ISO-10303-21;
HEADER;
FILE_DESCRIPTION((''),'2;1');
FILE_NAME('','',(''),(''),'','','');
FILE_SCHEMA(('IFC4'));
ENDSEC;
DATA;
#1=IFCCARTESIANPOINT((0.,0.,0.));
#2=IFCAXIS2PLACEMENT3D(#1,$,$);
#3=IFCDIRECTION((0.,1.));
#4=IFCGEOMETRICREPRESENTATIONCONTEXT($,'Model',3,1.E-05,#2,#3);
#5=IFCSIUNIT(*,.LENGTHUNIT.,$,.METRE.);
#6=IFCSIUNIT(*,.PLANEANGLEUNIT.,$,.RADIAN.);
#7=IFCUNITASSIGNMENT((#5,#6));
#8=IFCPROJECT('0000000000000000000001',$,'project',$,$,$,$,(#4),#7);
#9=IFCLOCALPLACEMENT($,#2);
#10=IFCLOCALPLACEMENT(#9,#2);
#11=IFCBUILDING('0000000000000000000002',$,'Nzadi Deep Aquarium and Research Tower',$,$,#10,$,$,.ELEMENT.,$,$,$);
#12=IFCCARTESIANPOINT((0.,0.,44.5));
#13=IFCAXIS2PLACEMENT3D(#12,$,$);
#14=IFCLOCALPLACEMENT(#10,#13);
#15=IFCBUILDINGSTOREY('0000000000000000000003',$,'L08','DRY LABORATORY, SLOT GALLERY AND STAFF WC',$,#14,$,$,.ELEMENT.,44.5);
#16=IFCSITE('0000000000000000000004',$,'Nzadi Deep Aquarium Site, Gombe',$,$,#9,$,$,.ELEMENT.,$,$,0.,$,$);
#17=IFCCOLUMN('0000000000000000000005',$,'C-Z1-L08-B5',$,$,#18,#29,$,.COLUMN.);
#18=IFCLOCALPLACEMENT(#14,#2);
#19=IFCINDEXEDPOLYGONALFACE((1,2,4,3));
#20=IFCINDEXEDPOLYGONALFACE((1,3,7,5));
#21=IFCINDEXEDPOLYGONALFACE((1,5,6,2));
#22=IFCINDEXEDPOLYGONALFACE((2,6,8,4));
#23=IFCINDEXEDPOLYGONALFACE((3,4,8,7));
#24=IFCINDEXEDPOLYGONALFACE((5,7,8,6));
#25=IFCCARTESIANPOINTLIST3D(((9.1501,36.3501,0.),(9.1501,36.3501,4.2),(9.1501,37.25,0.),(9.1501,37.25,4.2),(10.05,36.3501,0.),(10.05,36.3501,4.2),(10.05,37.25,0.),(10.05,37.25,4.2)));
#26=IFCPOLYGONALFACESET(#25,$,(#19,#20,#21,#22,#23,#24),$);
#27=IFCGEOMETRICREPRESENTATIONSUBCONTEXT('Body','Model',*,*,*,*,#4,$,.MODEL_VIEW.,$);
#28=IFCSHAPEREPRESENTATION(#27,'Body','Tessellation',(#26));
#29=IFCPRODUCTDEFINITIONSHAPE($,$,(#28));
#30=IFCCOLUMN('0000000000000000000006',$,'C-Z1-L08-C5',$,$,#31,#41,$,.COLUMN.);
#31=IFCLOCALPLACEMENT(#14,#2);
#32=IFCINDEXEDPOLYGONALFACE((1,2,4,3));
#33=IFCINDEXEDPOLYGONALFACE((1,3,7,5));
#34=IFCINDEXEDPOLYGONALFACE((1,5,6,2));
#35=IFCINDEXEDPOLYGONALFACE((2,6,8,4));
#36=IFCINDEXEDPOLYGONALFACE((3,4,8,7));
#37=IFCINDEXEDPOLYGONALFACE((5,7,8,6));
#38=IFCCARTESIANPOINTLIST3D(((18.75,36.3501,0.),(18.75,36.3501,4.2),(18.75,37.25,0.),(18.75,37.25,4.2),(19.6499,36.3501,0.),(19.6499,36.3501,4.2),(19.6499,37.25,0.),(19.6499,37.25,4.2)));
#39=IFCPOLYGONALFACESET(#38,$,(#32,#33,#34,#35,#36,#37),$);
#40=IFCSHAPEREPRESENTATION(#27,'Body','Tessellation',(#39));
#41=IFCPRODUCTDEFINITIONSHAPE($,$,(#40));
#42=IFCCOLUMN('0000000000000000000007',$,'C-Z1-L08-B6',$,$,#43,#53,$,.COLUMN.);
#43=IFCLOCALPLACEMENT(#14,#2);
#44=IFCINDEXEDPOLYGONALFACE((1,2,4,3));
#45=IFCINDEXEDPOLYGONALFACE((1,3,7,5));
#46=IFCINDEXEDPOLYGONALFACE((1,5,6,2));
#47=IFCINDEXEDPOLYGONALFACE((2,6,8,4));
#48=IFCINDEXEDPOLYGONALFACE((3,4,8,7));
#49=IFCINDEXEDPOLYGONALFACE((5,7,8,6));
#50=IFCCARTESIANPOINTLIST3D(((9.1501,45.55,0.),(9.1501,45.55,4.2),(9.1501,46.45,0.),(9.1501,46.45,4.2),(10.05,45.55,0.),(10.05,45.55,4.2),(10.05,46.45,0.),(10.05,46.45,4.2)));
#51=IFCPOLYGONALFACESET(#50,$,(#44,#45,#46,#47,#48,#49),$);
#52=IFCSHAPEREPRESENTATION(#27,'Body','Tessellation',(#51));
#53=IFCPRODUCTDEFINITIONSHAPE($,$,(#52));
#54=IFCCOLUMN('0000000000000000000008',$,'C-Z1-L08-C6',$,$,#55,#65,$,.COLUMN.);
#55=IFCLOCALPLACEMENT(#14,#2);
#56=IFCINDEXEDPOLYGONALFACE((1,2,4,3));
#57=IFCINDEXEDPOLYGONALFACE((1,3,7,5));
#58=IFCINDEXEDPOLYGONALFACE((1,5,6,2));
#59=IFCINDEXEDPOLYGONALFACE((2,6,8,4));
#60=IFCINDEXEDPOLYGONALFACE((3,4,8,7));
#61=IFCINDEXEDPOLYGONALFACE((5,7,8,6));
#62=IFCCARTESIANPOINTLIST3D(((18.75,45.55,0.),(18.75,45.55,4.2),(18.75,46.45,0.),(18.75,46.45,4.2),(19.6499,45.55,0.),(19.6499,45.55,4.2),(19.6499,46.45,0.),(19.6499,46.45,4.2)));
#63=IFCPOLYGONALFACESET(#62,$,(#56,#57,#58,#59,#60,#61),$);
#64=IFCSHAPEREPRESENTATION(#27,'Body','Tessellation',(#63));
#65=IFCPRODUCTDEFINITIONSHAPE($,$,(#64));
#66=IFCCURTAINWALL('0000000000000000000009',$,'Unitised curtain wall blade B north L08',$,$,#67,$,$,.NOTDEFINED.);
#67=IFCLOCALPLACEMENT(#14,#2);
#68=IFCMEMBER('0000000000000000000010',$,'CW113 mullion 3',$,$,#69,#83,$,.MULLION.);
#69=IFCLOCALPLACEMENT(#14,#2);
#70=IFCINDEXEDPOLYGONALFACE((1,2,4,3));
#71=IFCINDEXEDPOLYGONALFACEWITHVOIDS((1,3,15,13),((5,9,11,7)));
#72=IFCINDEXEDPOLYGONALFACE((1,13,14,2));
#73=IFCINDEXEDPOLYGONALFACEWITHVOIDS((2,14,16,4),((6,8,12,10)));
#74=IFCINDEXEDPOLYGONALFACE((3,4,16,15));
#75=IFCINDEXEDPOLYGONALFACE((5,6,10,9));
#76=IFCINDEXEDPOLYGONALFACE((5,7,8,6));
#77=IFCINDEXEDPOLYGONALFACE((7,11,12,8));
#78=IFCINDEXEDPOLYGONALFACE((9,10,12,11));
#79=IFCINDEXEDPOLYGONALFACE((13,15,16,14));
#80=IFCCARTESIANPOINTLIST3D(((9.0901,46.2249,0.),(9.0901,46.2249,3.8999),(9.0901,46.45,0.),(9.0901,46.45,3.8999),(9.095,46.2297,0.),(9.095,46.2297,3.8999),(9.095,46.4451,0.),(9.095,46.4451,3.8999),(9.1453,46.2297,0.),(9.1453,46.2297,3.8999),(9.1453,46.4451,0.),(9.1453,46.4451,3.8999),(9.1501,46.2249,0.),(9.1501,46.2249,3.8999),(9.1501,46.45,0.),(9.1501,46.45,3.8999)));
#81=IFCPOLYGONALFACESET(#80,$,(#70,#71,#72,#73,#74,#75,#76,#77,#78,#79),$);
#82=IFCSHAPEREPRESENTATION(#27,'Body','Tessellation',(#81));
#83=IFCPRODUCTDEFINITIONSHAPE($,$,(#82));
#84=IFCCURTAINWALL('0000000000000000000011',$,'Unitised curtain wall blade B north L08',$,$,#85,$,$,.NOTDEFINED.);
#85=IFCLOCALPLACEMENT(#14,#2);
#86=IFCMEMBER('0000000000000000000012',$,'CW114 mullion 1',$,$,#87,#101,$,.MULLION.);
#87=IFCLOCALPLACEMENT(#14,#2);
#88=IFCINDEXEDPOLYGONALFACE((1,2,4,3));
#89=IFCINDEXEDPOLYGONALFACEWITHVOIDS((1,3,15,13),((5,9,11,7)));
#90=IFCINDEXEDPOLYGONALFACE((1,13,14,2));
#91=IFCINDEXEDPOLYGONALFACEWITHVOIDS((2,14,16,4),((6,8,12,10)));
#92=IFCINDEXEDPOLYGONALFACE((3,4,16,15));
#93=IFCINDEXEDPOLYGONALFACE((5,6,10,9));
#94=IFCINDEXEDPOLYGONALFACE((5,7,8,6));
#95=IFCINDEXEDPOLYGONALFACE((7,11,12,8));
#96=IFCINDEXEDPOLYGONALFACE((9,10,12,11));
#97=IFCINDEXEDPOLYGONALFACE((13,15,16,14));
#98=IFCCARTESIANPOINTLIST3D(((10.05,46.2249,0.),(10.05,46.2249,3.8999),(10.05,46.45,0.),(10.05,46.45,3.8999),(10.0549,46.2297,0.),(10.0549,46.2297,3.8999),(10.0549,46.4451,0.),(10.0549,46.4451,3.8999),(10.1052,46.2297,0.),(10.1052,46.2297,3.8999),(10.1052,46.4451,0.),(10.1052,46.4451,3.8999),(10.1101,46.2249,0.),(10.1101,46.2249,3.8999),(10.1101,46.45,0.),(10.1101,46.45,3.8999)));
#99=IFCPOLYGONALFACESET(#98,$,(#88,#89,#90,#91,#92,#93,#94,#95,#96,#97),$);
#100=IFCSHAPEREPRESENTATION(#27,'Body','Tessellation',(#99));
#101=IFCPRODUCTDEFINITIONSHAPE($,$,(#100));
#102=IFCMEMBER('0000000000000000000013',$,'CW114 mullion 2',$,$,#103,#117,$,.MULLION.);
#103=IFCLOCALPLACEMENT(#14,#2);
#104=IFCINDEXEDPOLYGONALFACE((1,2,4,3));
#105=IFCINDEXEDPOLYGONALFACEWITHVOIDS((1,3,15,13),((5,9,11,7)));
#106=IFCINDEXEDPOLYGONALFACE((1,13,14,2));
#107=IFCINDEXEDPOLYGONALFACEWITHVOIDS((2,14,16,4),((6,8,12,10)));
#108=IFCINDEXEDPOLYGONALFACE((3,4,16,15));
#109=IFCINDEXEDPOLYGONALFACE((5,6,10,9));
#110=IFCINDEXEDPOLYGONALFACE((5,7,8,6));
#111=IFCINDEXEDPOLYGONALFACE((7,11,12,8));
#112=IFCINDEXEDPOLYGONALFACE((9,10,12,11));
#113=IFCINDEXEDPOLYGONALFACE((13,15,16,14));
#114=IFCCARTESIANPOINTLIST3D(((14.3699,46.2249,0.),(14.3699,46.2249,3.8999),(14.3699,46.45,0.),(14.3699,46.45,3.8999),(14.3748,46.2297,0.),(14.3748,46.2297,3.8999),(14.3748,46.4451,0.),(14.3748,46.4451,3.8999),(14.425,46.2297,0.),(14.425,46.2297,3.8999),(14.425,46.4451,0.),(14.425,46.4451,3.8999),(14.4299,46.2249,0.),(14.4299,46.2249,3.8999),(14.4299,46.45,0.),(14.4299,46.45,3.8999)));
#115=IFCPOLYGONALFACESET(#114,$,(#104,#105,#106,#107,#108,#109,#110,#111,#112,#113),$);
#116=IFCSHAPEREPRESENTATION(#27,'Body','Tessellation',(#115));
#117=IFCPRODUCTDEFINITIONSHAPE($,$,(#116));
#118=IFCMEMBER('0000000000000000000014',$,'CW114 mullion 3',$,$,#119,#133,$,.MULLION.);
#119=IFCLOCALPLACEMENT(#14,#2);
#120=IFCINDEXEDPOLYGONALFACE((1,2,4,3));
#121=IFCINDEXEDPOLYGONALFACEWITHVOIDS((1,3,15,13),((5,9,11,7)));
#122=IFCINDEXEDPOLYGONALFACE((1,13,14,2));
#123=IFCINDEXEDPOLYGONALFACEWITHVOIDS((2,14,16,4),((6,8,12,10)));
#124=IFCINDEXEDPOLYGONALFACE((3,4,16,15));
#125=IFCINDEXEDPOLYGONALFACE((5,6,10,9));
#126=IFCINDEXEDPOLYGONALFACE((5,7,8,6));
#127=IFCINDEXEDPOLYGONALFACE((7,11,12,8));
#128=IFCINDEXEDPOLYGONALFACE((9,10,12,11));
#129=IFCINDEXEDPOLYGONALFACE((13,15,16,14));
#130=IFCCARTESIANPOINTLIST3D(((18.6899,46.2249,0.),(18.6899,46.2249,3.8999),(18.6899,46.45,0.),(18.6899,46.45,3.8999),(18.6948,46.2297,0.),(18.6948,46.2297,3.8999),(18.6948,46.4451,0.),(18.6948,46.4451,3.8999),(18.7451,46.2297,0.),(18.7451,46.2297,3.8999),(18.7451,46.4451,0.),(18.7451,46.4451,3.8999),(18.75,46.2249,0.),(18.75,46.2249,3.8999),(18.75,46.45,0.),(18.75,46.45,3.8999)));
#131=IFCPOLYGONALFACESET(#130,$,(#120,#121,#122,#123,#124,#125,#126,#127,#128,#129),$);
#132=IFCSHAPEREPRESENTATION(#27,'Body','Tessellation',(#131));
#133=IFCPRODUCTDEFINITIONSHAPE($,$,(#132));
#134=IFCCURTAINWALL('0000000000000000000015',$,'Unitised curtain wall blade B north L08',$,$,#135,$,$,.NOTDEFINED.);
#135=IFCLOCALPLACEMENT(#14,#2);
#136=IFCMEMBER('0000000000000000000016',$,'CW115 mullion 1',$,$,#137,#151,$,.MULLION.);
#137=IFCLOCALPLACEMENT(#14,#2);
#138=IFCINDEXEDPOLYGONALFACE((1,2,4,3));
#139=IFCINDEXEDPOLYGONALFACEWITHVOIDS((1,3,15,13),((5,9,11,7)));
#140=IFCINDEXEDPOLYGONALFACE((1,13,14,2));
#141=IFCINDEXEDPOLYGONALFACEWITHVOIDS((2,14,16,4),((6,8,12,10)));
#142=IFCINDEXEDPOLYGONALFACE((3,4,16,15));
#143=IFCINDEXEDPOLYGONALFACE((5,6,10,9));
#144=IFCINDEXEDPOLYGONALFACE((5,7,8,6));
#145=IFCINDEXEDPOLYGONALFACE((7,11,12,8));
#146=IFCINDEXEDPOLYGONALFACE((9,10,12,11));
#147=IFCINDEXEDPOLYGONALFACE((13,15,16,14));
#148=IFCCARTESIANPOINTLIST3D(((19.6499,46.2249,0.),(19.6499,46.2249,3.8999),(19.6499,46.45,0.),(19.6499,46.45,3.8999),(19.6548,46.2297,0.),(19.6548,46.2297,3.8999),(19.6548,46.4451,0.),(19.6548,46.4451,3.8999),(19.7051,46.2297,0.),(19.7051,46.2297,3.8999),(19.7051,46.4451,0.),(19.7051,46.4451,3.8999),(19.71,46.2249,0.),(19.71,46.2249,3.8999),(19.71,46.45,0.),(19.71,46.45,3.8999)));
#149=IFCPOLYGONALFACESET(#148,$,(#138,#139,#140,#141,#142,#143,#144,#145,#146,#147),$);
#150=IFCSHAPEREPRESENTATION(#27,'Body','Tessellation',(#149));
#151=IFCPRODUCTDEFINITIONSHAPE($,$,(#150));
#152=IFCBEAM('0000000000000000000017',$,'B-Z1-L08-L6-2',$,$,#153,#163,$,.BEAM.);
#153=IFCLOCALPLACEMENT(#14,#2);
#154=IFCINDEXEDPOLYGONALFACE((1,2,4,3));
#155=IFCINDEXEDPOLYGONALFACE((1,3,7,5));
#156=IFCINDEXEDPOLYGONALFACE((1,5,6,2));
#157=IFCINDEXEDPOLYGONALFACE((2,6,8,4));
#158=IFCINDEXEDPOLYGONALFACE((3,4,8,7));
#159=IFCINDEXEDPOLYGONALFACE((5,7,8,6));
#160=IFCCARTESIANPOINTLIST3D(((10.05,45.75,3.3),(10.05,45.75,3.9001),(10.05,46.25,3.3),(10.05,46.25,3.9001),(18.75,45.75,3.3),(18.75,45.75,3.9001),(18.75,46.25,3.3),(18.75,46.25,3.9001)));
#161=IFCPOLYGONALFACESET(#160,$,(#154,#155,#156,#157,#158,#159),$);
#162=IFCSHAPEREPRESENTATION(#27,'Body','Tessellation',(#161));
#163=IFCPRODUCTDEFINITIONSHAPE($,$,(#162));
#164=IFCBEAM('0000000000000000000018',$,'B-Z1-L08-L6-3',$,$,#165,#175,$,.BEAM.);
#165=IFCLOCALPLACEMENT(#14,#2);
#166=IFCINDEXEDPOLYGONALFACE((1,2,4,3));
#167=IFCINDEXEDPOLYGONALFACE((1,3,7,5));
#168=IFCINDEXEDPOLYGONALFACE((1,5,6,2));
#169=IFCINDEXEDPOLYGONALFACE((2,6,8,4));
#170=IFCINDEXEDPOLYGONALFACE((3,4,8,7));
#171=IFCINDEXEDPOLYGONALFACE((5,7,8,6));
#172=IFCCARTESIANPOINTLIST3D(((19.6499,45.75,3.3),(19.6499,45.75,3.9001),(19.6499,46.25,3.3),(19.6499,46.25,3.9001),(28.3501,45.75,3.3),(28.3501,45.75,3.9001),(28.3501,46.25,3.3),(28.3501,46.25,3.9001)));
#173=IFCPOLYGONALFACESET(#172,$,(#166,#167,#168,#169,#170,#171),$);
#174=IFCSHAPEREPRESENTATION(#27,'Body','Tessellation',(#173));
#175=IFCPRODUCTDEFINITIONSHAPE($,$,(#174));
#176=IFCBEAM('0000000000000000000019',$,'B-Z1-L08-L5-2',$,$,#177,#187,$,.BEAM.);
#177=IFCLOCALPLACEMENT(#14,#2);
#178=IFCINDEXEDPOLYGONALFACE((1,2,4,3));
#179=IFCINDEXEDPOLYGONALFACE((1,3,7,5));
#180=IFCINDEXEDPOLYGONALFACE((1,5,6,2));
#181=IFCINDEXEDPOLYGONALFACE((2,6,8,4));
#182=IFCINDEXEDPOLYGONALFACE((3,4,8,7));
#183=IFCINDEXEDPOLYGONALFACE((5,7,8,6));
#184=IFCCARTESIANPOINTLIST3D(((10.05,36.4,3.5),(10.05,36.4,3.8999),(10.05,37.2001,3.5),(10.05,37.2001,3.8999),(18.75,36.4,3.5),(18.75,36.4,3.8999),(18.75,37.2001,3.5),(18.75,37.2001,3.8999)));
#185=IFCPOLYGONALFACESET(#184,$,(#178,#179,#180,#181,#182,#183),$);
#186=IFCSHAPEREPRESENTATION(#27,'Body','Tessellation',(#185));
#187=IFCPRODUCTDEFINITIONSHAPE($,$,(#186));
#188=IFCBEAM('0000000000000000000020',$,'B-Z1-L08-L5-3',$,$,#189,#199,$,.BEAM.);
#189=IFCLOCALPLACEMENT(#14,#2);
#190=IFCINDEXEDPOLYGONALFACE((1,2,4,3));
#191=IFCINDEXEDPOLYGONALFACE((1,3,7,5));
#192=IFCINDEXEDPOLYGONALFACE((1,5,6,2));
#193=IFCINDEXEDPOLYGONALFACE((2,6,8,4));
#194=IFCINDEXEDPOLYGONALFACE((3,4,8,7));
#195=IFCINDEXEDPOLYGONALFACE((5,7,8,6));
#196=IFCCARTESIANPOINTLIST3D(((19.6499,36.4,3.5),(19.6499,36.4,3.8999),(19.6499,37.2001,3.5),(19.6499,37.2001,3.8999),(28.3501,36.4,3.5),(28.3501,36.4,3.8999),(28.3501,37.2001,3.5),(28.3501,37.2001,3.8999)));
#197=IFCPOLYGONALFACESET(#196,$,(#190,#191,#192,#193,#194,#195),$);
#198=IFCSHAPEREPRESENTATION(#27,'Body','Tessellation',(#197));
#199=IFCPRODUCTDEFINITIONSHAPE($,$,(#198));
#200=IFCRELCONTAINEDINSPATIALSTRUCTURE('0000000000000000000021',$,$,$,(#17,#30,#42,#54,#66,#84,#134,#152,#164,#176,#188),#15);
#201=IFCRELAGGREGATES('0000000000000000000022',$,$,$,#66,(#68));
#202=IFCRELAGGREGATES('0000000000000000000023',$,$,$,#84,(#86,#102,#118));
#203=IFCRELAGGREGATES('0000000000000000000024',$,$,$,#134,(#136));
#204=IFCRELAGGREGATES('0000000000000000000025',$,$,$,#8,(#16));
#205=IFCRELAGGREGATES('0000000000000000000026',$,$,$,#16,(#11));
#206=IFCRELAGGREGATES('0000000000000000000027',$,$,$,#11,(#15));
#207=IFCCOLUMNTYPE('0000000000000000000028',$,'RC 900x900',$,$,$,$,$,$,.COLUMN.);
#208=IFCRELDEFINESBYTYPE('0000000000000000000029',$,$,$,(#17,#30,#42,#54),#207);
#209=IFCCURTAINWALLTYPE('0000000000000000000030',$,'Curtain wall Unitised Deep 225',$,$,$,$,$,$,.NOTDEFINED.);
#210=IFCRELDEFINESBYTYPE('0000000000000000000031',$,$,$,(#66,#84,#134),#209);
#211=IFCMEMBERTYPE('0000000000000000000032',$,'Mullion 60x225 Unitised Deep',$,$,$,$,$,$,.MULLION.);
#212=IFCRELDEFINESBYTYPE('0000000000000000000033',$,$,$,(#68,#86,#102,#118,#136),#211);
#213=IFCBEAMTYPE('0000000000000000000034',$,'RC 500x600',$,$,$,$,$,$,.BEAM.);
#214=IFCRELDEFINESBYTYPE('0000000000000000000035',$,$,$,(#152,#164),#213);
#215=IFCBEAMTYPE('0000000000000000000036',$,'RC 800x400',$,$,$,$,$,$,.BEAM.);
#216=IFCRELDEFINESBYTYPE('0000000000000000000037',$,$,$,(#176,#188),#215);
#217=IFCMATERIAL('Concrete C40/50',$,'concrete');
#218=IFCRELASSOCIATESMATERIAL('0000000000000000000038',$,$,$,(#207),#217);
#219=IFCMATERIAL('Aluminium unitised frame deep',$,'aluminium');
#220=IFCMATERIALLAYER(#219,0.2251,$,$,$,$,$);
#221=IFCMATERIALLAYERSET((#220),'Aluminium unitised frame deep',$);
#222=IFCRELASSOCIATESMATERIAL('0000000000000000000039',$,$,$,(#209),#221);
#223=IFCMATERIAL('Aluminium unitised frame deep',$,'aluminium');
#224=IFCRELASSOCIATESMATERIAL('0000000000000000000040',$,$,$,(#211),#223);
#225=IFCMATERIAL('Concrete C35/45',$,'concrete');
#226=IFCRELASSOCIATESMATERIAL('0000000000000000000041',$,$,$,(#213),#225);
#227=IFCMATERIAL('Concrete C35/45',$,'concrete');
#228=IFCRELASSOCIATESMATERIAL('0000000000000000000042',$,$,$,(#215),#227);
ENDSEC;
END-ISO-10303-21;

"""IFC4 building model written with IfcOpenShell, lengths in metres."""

from ifc_helpers import new_model, si_unit, direction, frame, origin, origin_2d, place, context, subcontext, project, spatial, rectangle, hollow_rectangle, extrude, material, layer, layer_set, material_profile, profile_set, type_object, element, aggregate, save


model = new_model("IFC4")

# Units and contexts
model_context = context("Model", 3, precision=1e-05, world=origin(), true_north=direction((0.0, 1.0)))
body_context = subcontext(model_context, "Body", "Model", "MODEL_VIEW")
ifc_project = project(units=[si_unit("LENGTHUNIT", "METRE"), si_unit("PLANEANGLEUNIT", "RADIAN")], contexts=[model_context])

# Site, building, storey
site_placement = place(None, origin())
site = spatial("IfcSite", under=ifc_project, at=site_placement, Name="Nzadi Deep Aquarium Site, Gombe", CompositionType="ELEMENT", RefElevation=0.0)
building_placement = place(site_placement, origin())
building = spatial("IfcBuilding", under=site, at=building_placement, Name="Nzadi Deep Aquarium and Research Tower", CompositionType="ELEMENT")
storey_placement = place(building_placement, frame((0.0, 0.0, 44.5)))
storey = spatial("IfcBuildingStorey", under=building, at=storey_placement, Name="L08", Description="DRY LABORATORY, SLOT GALLERY AND STAFF WC", CompositionType="ELEMENT", Elevation=44.5)

# Columns
ifc_material_1 = material(Name="Concrete C40/50", Category="concrete")
ifc_material_profile_1 = material_profile(ifc_material_1, rectangle(XDim=0.8999, YDim=0.8999, at=origin_2d()))
ifc_profile_set_1 = profile_set([ifc_material_profile_1], Name="Concrete C40/50")
column_type = type_object("IfcColumnType", Name="RC 900x900", PredefinedType="COLUMN", material=ifc_profile_set_1)
for number, where, z_axis, x_axis, name in (
    (1, (9.6001, 36.8, 0.0), (0.0, 0.0, 1.0), (1.0, 0.0, 0.0), "C-Z1-L08-B5"),
    (2, (19.2, 36.8, 0.0), (0.0, 0.0, 1.0), (1.0, 0.0, 0.0), "C-Z1-L08-C5"),
    (3, (9.6001, 46.0, 0.0), (0.0, 0.0, 1.0), (1.0, 0.0, 0.0), "C-Z1-L08-B6"),
    (4, (19.2, 46.0, 0.0), (0.0, 0.0, 1.0), (1.0, 0.0, 0.0), "C-Z1-L08-C6"),
):
    element("IfcColumn", number, at=place(storey_placement, frame(where, z_axis=z_axis, x_axis=x_axis)), inside=storey, type_object=column_type, Name=name, PredefinedType="COLUMN", context=body_context, shape_type="SweptSolid", body=[
        extrude(rectangle(XDim=0.8999, YDim=0.8999, at=origin_2d()), origin(), (0.0, 0.0, 1.0), 4.2),
    ])

# Curtain wall, member
ifc_material_2 = material(Name="Aluminium unitised frame deep", Category="aluminium")
ifc_layer_1 = layer(ifc_material_2, 0.2251)
ifc_layer_set_1 = layer_set([ifc_layer_1], Name="Aluminium unitised frame deep")
curtain_wall_type = type_object("IfcCurtainWallType", Name="Curtain wall Unitised Deep 225", PredefinedType="NOTDEFINED", material=ifc_layer_set_1)
curtain_wall_1_placement = place(storey_placement, origin())
curtain_wall_1 = element("IfcCurtainWall", 5, at=curtain_wall_1_placement, inside=storey, type_object=curtain_wall_type, Name="Unitised curtain wall blade B north L08", PredefinedType="NOTDEFINED")
ifc_material_3 = material(Name="Aluminium unitised frame deep", Category="aluminium")
ifc_material_profile_2 = material_profile(ifc_material_3, hollow_rectangle(XDim=0.2251, YDim=0.0601, WallThickness=0.0049, at=origin_2d()))
ifc_profile_set_2 = profile_set([ifc_material_profile_2], Name="Aluminium unitised frame deep")
member_type_1 = type_object("IfcMemberType", Name="Mullion 60x225 Unitised Deep", PredefinedType="MULLION", material=ifc_profile_set_2)
member_1_placement = place(storey_placement, frame((9.1201, 46.3374, 0.0), z_axis=(0.0, 0.0, 1.0), x_axis=(0.0, 1.0, 0.0)))
member_1 = element("IfcMember", 6, at=member_1_placement, type_object=member_type_1, Name="CW113 mullion 3", PredefinedType="MULLION", context=body_context, shape_type="SweptSolid", body=[
    extrude(hollow_rectangle(XDim=0.2251, YDim=0.0601, WallThickness=0.0049, at=origin_2d()), origin(), (0.0, 0.0, 1.0), 3.8999),
])
aggregate(curtain_wall_1, [member_1])

# Curtain wall, members
curtain_wall_2_placement = place(storey_placement, origin())
curtain_wall_2 = element("IfcCurtainWall", 7, at=curtain_wall_2_placement, inside=storey, type_object=curtain_wall_type, Name="Unitised curtain wall blade B north L08", PredefinedType="NOTDEFINED")
member_2_placement = place(storey_placement, frame((10.0801, 46.3374, 0.0), z_axis=(0.0, 0.0, 1.0), x_axis=(0.0, 1.0, 0.0)))
member_2 = element("IfcMember", 8, at=member_2_placement, type_object=member_type_1, Name="CW114 mullion 1", PredefinedType="MULLION", context=body_context, shape_type="SweptSolid", body=[
    extrude(hollow_rectangle(XDim=0.2251, YDim=0.0601, WallThickness=0.0049, at=origin_2d()), origin(), (0.0, 0.0, 1.0), 3.8999),
])
member_3_placement = place(storey_placement, frame((14.3999, 46.3374, 0.0), z_axis=(0.0, 0.0, 1.0), x_axis=(0.0, 1.0, 0.0)))
member_3 = element("IfcMember", 9, at=member_3_placement, type_object=member_type_1, Name="CW114 mullion 2", PredefinedType="MULLION", context=body_context, shape_type="SweptSolid", body=[
    extrude(hollow_rectangle(XDim=0.2251, YDim=0.0601, WallThickness=0.0049, at=origin_2d()), origin(), (0.0, 0.0, 1.0), 3.8999),
])
member_4_placement = place(storey_placement, frame((18.72, 46.3374, 0.0), z_axis=(0.0, 0.0, 1.0), x_axis=(0.0, 1.0, 0.0)))
member_4 = element("IfcMember", 10, at=member_4_placement, type_object=member_type_1, Name="CW114 mullion 3", PredefinedType="MULLION", context=body_context, shape_type="SweptSolid", body=[
    extrude(hollow_rectangle(XDim=0.2251, YDim=0.0601, WallThickness=0.0049, at=origin_2d()), origin(), (0.0, 0.0, 1.0), 3.8999),
])

# Curtain wall, member
curtain_wall_3_placement = place(storey_placement, origin())
curtain_wall_3 = element("IfcCurtainWall", 11, at=curtain_wall_3_placement, inside=storey, type_object=curtain_wall_type, Name="Unitised curtain wall blade B north L08", PredefinedType="NOTDEFINED")
member_5_placement = place(storey_placement, frame((19.6799, 46.3374, 0.0), z_axis=(0.0, 0.0, 1.0), x_axis=(0.0, 1.0, 0.0)))
member_5 = element("IfcMember", 12, at=member_5_placement, type_object=member_type_1, Name="CW115 mullion 1", PredefinedType="MULLION", context=body_context, shape_type="SweptSolid", body=[
    extrude(hollow_rectangle(XDim=0.2251, YDim=0.0601, WallThickness=0.0049, at=origin_2d()), origin(), (0.0, 0.0, 1.0), 3.8999),
])

# Beams
ifc_material_4 = material(Name="Concrete C35/45", Category="concrete")
ifc_material_profile_3 = material_profile(ifc_material_4, rectangle(XDim=0.5, YDim=0.6001, at=origin_2d()))
ifc_profile_set_3 = profile_set([ifc_material_profile_3], Name="Concrete C35/45")
beam_type_1 = type_object("IfcBeamType", Name="RC 500x600", PredefinedType="BEAM", material=ifc_profile_set_3)
beam_1_placement = place(storey_placement, frame((10.05, 46.0, 3.6001), z_axis=(1.0, 0.0, 0.0), x_axis=(0.0, 1.0, 0.0)))
element("IfcBeam", 13, at=beam_1_placement, inside=storey, type_object=beam_type_1, Name="B-Z1-L08-L6-2", PredefinedType="BEAM", context=body_context, shape_type="SweptSolid", body=[
    extrude(rectangle(XDim=0.5, YDim=0.6001, at=origin_2d()), origin(), (0.0, 0.0, 1.0), 8.7),
])
beam_2_placement = place(storey_placement, frame((19.6499, 46.0, 3.6001), z_axis=(1.0, 0.0, 0.0), x_axis=(0.0, 1.0, 0.0)))
element("IfcBeam", 14, at=beam_2_placement, inside=storey, type_object=beam_type_1, Name="B-Z1-L08-L6-3", PredefinedType="BEAM", context=body_context, shape_type="SweptSolid", body=[
    extrude(rectangle(XDim=0.5, YDim=0.6001, at=origin_2d()), origin(), (0.0, 0.0, 1.0), 8.7002),
])
ifc_material_5 = material(Name="Concrete C35/45", Category="concrete")
ifc_material_profile_4 = material_profile(ifc_material_5, rectangle(XDim=0.8, YDim=0.3999, at=origin_2d()))
ifc_profile_set_4 = profile_set([ifc_material_profile_4], Name="Concrete C35/45")
beam_type_2 = type_object("IfcBeamType", Name="RC 800x400", PredefinedType="BEAM", material=ifc_profile_set_4)
beam_3_placement = place(storey_placement, frame((10.05, 36.8, 3.7), z_axis=(1.0, 0.0, 0.0), x_axis=(0.0, 1.0, 0.0)))
element("IfcBeam", 15, at=beam_3_placement, inside=storey, type_object=beam_type_2, Name="B-Z1-L08-L5-2", PredefinedType="BEAM", context=body_context, shape_type="SweptSolid", body=[
    extrude(rectangle(XDim=0.8, YDim=0.3999, at=origin_2d()), origin(), (0.0, 0.0, 1.0), 8.7),
])
beam_4_placement = place(storey_placement, frame((19.6499, 36.8, 3.7), z_axis=(1.0, 0.0, 0.0), x_axis=(0.0, 1.0, 0.0)))
element("IfcBeam", 16, at=beam_4_placement, inside=storey, type_object=beam_type_2, Name="B-Z1-L08-L5-3", PredefinedType="BEAM", context=body_context, shape_type="SweptSolid", body=[
    extrude(rectangle(XDim=0.8, YDim=0.3999, at=origin_2d()), origin(), (0.0, 0.0, 1.0), 8.7002),
])

aggregate(curtain_wall_2, [member_2, member_3, member_4])
aggregate(curtain_wall_3, [member_5])

save(model, "model.ifc")
